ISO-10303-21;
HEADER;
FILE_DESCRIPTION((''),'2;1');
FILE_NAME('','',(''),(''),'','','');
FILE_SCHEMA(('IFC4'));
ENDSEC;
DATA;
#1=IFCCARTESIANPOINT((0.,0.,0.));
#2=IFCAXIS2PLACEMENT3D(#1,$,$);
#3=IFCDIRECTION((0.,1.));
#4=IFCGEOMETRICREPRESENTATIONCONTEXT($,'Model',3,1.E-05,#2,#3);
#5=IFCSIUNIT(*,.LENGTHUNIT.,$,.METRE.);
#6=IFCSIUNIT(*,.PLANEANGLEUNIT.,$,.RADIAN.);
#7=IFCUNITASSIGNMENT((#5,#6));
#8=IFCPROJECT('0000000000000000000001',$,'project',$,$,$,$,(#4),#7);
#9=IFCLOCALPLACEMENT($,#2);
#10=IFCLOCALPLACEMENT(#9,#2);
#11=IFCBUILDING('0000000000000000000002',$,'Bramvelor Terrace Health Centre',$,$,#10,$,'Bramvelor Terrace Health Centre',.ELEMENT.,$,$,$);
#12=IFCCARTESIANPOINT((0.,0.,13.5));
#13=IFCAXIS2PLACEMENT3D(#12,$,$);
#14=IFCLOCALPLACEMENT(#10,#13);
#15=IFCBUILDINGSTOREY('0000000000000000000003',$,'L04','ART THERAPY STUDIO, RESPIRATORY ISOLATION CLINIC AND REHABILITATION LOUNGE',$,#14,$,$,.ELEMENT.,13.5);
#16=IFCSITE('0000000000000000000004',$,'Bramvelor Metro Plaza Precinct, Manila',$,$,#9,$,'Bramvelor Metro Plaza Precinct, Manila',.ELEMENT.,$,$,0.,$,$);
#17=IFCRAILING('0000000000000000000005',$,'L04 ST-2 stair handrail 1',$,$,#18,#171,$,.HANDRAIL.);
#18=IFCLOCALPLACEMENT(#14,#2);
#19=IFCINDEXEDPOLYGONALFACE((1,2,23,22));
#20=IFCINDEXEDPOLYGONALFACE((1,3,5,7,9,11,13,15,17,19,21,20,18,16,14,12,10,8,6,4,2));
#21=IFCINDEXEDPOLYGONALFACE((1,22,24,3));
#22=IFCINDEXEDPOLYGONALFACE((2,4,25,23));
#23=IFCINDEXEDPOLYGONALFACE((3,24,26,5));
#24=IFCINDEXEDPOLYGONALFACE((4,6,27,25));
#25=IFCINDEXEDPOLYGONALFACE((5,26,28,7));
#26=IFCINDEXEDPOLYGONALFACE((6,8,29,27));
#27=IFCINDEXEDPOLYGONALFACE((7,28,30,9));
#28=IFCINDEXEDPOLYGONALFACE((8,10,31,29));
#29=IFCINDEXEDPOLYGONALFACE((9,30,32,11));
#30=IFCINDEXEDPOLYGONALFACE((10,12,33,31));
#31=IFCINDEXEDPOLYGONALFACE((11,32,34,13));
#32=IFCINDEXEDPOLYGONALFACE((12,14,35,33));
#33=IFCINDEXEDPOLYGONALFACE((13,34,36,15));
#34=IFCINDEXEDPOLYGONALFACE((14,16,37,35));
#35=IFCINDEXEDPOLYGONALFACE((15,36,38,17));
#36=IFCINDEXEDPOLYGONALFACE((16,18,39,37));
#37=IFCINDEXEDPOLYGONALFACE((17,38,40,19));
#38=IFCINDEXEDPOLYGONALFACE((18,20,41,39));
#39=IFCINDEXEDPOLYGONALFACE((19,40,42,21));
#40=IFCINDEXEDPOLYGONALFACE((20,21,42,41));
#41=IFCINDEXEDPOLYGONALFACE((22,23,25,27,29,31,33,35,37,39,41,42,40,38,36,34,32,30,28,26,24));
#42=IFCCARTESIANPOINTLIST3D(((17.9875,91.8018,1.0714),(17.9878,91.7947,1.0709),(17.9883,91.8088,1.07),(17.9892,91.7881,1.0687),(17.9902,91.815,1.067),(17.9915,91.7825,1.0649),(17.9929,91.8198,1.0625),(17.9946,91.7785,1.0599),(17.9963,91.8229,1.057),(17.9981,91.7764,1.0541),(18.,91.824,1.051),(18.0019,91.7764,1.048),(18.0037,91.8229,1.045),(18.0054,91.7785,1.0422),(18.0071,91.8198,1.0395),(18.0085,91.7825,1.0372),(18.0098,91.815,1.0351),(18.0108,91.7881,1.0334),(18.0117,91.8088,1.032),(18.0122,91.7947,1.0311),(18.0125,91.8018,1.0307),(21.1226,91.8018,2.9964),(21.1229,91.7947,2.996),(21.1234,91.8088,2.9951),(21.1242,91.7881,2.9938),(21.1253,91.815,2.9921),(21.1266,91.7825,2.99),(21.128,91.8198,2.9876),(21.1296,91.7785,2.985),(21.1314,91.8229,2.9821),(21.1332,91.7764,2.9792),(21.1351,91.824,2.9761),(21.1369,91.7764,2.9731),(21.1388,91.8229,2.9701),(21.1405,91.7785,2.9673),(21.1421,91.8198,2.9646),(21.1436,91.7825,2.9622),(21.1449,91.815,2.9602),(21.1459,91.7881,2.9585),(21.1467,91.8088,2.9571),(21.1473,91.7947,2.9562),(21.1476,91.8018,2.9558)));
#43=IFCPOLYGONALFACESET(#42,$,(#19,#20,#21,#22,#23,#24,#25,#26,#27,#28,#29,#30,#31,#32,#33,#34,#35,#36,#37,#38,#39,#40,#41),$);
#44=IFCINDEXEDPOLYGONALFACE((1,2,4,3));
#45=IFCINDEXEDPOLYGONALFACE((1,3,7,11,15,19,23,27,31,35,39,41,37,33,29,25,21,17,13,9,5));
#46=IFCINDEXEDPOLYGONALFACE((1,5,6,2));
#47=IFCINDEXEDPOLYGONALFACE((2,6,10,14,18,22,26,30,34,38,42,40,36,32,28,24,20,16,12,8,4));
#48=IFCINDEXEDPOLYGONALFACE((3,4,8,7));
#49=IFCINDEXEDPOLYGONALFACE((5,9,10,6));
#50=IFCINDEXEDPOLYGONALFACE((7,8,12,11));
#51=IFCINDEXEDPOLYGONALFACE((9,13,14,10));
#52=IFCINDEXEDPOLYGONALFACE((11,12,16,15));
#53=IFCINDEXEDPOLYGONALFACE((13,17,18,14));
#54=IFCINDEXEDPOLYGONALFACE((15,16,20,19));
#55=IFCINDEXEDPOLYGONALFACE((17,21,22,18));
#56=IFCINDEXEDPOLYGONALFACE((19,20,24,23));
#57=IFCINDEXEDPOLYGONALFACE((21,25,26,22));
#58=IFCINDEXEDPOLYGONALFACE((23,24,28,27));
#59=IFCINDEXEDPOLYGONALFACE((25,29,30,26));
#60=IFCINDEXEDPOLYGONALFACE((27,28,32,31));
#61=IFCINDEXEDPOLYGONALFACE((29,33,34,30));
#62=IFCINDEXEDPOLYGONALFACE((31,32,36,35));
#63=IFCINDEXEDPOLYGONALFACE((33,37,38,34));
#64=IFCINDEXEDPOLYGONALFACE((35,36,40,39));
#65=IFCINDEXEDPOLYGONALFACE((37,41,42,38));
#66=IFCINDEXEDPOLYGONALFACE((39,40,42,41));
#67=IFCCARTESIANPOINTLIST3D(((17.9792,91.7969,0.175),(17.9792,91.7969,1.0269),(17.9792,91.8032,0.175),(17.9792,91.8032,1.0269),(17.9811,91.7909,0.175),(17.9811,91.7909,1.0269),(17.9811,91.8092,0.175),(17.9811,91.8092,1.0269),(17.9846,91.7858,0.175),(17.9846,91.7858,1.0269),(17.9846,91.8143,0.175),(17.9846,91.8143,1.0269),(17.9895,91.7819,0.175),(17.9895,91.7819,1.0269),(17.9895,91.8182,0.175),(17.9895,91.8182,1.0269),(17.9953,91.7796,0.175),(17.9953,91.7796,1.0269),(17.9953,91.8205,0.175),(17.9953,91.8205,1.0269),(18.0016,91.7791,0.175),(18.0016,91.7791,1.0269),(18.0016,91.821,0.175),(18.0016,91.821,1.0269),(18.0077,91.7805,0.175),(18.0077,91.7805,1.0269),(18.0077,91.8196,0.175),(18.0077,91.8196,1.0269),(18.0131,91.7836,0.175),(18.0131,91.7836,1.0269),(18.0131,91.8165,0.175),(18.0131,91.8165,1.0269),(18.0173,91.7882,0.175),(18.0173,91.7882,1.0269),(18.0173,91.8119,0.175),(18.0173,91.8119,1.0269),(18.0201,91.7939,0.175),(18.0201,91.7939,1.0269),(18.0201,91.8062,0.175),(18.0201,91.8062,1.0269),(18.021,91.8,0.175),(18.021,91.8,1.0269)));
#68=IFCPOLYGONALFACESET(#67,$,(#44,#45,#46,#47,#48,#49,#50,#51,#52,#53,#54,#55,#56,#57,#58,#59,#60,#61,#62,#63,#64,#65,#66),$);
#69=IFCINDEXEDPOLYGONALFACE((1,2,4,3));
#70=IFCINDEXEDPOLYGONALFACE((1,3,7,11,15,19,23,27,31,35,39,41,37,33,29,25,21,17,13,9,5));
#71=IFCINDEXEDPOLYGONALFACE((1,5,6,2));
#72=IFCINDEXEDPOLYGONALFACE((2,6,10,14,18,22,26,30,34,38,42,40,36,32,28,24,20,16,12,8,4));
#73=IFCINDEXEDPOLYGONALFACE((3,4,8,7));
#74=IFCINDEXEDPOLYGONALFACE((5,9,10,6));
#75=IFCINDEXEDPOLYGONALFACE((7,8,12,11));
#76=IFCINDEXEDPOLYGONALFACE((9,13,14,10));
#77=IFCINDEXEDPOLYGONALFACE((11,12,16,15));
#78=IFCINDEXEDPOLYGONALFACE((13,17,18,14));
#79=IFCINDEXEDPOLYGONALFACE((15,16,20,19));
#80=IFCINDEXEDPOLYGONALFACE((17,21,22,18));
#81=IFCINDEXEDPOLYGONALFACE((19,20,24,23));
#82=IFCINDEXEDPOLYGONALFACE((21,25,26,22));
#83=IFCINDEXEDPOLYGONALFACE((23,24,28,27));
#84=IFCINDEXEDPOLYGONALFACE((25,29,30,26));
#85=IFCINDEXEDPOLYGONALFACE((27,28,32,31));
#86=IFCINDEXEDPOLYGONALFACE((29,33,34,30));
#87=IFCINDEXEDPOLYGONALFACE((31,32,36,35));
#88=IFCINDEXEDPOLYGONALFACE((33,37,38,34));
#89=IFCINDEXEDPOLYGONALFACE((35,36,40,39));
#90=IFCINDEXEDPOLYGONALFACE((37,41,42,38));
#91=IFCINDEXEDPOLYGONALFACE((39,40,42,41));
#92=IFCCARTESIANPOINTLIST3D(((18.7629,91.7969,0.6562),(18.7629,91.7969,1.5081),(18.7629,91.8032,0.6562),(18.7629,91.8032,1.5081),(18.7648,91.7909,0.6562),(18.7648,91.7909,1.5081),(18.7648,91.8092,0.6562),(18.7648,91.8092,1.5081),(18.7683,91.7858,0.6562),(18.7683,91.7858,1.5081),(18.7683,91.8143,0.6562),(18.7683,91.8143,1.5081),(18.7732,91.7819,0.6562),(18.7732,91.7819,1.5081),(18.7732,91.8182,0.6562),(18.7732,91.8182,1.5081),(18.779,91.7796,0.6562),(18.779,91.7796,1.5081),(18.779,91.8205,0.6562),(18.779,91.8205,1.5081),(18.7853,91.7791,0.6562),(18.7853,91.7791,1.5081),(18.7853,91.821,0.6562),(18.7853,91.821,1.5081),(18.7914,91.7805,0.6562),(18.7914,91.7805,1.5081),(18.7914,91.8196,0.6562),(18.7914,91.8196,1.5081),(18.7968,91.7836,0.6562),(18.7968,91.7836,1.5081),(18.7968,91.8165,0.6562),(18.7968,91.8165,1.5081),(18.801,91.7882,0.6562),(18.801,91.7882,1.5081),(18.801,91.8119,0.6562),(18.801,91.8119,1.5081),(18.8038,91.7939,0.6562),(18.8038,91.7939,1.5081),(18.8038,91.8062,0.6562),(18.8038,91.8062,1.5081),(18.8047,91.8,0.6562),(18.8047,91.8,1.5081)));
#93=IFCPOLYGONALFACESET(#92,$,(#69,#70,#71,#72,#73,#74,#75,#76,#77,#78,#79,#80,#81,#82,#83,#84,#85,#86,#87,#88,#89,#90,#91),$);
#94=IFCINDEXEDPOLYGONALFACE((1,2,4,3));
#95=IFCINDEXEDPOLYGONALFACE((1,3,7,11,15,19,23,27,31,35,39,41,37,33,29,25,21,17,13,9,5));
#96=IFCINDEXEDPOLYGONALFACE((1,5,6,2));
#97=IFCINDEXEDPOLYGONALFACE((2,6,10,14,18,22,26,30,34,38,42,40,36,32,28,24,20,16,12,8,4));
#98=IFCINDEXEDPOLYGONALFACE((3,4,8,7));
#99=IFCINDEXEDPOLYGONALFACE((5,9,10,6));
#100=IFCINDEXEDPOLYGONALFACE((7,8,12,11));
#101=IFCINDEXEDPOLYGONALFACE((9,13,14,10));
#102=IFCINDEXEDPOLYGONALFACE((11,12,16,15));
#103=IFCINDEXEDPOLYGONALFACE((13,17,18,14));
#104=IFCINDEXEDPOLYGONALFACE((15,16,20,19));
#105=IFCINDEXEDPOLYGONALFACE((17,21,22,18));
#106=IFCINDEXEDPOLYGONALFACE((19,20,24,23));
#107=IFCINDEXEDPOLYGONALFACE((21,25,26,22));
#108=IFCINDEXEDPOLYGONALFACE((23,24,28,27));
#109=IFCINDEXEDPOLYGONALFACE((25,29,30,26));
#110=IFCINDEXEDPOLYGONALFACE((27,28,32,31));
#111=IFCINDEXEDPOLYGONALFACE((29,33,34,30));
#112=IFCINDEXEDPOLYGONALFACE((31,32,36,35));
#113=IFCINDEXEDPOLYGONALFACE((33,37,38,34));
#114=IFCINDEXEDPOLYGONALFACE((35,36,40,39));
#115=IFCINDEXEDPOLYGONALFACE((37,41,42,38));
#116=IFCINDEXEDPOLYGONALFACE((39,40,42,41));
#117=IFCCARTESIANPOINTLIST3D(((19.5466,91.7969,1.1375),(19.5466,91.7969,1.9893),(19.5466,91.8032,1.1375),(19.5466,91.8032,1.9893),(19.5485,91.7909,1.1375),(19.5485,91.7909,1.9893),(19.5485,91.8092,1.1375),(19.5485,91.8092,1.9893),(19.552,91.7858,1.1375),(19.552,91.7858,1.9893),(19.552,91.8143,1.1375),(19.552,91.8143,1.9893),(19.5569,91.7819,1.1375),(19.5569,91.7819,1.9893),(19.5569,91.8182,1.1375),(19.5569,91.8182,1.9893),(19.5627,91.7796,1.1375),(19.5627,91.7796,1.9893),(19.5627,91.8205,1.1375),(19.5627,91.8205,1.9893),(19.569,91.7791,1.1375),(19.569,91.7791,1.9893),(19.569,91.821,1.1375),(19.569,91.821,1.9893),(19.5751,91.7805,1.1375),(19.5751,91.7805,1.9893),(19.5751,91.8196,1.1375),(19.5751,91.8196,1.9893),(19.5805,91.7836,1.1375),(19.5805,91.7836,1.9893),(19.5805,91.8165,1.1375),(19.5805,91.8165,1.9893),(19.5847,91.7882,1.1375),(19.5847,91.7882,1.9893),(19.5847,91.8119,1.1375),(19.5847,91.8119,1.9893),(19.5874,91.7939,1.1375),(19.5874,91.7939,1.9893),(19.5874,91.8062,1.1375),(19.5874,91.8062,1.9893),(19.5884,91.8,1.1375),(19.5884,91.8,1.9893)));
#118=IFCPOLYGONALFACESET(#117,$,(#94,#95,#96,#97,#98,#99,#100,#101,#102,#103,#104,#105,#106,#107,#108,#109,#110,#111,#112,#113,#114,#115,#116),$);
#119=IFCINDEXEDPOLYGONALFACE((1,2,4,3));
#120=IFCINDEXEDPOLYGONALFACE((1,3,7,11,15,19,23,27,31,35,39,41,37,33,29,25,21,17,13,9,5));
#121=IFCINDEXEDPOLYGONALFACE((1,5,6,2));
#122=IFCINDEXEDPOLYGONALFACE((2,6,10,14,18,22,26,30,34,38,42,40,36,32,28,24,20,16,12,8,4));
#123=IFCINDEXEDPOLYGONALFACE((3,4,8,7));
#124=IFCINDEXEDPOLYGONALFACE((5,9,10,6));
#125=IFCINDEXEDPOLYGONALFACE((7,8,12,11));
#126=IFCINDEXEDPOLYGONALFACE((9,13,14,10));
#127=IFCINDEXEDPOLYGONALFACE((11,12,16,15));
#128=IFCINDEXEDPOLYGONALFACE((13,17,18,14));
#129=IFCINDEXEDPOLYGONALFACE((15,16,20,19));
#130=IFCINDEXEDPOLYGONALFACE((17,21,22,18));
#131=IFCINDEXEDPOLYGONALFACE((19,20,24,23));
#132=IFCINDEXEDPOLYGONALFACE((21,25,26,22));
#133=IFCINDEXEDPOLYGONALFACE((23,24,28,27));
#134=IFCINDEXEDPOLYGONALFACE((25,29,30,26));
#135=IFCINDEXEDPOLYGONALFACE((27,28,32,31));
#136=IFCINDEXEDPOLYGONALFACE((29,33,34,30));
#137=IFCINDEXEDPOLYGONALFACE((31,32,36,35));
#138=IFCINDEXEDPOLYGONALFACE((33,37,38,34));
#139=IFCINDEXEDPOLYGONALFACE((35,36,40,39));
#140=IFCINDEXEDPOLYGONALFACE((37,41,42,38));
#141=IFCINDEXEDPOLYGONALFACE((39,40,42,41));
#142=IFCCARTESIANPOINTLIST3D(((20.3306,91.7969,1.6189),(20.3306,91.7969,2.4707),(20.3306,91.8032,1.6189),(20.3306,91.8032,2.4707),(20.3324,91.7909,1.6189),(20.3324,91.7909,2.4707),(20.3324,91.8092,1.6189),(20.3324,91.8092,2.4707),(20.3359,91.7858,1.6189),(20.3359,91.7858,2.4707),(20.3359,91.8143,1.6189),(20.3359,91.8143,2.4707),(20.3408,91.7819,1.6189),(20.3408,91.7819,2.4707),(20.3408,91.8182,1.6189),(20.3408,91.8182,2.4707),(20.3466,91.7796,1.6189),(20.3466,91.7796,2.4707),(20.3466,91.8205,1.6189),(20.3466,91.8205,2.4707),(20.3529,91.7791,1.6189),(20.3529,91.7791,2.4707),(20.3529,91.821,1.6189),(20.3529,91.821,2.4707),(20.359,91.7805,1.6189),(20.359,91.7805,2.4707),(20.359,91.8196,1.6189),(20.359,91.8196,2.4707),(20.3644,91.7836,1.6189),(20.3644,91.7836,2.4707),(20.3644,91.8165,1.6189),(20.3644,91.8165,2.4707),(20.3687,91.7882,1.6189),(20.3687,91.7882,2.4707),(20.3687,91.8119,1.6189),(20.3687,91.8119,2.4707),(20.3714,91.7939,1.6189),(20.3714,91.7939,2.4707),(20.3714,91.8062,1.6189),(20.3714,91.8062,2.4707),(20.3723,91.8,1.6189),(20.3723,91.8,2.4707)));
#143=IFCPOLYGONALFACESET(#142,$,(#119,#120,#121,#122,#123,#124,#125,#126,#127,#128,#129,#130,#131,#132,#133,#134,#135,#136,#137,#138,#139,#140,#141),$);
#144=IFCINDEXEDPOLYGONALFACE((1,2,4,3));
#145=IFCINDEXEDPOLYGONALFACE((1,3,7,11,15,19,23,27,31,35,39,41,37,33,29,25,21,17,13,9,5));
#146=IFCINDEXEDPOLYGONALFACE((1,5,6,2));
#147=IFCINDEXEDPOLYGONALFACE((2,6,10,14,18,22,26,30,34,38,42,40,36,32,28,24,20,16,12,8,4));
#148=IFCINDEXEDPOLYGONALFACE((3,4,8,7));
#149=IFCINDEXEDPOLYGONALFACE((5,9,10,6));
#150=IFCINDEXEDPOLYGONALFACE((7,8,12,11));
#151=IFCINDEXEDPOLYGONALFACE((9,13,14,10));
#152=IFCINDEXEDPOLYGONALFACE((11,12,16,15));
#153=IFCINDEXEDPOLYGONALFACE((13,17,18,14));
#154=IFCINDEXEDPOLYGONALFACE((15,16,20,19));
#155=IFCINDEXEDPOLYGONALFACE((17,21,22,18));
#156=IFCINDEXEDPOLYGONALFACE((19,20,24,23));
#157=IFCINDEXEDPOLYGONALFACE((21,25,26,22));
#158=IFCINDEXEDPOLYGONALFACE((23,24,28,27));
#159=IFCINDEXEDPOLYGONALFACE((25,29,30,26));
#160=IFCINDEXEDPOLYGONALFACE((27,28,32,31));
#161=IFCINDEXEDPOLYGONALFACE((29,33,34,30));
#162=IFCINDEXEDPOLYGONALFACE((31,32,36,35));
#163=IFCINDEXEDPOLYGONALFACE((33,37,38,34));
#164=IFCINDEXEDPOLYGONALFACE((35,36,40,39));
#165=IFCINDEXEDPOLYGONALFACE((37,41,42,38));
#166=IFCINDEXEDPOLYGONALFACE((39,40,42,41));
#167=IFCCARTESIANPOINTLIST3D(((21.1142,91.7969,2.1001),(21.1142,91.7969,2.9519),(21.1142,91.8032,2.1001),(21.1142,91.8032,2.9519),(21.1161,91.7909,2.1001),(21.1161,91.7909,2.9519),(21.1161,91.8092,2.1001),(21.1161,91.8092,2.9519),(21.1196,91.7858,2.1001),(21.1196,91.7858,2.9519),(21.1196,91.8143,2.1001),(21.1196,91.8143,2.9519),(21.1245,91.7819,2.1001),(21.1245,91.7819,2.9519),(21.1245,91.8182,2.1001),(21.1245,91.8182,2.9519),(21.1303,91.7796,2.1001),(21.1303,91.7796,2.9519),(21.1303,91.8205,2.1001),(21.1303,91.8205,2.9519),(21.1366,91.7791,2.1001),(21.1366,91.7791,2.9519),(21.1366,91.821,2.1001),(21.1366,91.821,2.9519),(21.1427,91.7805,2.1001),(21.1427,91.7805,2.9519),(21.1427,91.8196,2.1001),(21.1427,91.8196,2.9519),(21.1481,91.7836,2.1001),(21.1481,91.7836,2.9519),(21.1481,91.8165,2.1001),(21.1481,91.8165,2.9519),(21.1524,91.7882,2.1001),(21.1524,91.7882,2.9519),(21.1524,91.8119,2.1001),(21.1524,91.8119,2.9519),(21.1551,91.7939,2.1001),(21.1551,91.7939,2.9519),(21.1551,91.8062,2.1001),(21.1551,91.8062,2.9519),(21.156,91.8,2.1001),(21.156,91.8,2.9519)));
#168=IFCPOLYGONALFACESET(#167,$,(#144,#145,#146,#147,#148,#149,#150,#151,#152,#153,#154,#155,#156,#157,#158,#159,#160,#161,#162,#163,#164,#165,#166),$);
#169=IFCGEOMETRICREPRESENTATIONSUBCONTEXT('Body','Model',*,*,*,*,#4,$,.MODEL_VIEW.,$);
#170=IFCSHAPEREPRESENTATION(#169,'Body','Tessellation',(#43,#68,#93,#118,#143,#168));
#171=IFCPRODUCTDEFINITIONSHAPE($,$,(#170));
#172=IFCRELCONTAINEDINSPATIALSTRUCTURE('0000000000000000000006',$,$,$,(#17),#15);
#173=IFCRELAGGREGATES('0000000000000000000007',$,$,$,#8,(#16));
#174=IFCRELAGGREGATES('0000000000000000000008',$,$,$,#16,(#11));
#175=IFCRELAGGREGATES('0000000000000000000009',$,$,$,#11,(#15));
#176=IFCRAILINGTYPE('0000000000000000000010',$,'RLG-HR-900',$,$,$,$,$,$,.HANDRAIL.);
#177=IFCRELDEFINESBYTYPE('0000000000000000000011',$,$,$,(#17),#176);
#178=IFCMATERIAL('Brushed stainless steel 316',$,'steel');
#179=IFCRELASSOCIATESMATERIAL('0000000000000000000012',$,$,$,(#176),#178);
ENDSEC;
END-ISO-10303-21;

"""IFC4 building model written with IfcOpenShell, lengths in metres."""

from ifc_helpers import new_model, si_unit, direction, frame, origin, origin_2d, place, context, subcontext, project, spatial, circle, extrude, material, type_object, element, save


model = new_model("IFC4")

# Units and contexts
model_context = context("Model", 3, precision=1e-05, world=origin(), true_north=direction((0.0, 1.0)))
body_context = subcontext(model_context, "Body", "Model", "MODEL_VIEW")
ifc_project = project(units=[si_unit("LENGTHUNIT", "METRE"), si_unit("PLANEANGLEUNIT", "RADIAN")], contexts=[model_context])

# Site, building, storey
site_placement = place(None, origin())
site = spatial("IfcSite", under=ifc_project, at=site_placement, Name="Bramvelor Metro Plaza Precinct, Manila", LongName="Bramvelor Metro Plaza Precinct, Manila", CompositionType="ELEMENT", RefElevation=0.0)
building_placement = place(site_placement, origin())
building = spatial("IfcBuilding", under=site, at=building_placement, Name="Bramvelor Terrace Health Centre", LongName="Bramvelor Terrace Health Centre", CompositionType="ELEMENT")
storey_placement = place(building_placement, frame((0.0, 0.0, 13.5)))
storey = spatial("IfcBuildingStorey", under=building, at=storey_placement, Name="L04", Description="ART THERAPY STUDIO, RESPIRATORY ISOLATION CLINIC AND REHABILITATION LOUNGE", CompositionType="ELEMENT", Elevation=13.5)

# Railing
ifc_material_1 = material(Name="Brushed stainless steel 316", Category="steel")
railing_type_1 = type_object("IfcRailingType", Name="RLG-HR-900", PredefinedType="HANDRAIL", material=ifc_material_1)
railing_1_placement = place(storey_placement, frame((18.0, 91.8, 0.175)))
element("IfcRailing", 1, at=railing_1_placement, inside=storey, type_object=railing_type_1, Name="L04 ST-2 stair handrail 1", PredefinedType="HANDRAIL", context=body_context, shape_type="SweptSolid", body=[
    extrude(circle(Radius=0.0239, at=origin_2d()), frame((0.0, 0.0, 0.876), z_axis=(0.852166, 0.0, 0.523271), x_axis=(0.0, 1.0, 0.0)), (0.0, 0.0, 1.0), 3.679),
    extrude(circle(Radius=0.021, at=origin_2d()), origin(), (0.0, 0.0, 1.0), 0.8518),
    extrude(circle(Radius=0.021, at=origin_2d()), frame((0.7837, 0.0, 0.4812)), (0.0, 0.0, 1.0), 0.8518),
    extrude(circle(Radius=0.021, at=origin_2d()), frame((1.5674, 0.0, 0.9624)), (0.0, 0.0, 1.0), 0.8518),
    extrude(circle(Radius=0.021, at=origin_2d()), frame((2.3513, 0.0, 1.4438)), (0.0, 0.0, 1.0), 0.8518),
    extrude(circle(Radius=0.021, at=origin_2d()), frame((3.135, 0.0, 1.925)), (0.0, 0.0, 1.0), 0.8518),
])

save(model, "model.ifc")
